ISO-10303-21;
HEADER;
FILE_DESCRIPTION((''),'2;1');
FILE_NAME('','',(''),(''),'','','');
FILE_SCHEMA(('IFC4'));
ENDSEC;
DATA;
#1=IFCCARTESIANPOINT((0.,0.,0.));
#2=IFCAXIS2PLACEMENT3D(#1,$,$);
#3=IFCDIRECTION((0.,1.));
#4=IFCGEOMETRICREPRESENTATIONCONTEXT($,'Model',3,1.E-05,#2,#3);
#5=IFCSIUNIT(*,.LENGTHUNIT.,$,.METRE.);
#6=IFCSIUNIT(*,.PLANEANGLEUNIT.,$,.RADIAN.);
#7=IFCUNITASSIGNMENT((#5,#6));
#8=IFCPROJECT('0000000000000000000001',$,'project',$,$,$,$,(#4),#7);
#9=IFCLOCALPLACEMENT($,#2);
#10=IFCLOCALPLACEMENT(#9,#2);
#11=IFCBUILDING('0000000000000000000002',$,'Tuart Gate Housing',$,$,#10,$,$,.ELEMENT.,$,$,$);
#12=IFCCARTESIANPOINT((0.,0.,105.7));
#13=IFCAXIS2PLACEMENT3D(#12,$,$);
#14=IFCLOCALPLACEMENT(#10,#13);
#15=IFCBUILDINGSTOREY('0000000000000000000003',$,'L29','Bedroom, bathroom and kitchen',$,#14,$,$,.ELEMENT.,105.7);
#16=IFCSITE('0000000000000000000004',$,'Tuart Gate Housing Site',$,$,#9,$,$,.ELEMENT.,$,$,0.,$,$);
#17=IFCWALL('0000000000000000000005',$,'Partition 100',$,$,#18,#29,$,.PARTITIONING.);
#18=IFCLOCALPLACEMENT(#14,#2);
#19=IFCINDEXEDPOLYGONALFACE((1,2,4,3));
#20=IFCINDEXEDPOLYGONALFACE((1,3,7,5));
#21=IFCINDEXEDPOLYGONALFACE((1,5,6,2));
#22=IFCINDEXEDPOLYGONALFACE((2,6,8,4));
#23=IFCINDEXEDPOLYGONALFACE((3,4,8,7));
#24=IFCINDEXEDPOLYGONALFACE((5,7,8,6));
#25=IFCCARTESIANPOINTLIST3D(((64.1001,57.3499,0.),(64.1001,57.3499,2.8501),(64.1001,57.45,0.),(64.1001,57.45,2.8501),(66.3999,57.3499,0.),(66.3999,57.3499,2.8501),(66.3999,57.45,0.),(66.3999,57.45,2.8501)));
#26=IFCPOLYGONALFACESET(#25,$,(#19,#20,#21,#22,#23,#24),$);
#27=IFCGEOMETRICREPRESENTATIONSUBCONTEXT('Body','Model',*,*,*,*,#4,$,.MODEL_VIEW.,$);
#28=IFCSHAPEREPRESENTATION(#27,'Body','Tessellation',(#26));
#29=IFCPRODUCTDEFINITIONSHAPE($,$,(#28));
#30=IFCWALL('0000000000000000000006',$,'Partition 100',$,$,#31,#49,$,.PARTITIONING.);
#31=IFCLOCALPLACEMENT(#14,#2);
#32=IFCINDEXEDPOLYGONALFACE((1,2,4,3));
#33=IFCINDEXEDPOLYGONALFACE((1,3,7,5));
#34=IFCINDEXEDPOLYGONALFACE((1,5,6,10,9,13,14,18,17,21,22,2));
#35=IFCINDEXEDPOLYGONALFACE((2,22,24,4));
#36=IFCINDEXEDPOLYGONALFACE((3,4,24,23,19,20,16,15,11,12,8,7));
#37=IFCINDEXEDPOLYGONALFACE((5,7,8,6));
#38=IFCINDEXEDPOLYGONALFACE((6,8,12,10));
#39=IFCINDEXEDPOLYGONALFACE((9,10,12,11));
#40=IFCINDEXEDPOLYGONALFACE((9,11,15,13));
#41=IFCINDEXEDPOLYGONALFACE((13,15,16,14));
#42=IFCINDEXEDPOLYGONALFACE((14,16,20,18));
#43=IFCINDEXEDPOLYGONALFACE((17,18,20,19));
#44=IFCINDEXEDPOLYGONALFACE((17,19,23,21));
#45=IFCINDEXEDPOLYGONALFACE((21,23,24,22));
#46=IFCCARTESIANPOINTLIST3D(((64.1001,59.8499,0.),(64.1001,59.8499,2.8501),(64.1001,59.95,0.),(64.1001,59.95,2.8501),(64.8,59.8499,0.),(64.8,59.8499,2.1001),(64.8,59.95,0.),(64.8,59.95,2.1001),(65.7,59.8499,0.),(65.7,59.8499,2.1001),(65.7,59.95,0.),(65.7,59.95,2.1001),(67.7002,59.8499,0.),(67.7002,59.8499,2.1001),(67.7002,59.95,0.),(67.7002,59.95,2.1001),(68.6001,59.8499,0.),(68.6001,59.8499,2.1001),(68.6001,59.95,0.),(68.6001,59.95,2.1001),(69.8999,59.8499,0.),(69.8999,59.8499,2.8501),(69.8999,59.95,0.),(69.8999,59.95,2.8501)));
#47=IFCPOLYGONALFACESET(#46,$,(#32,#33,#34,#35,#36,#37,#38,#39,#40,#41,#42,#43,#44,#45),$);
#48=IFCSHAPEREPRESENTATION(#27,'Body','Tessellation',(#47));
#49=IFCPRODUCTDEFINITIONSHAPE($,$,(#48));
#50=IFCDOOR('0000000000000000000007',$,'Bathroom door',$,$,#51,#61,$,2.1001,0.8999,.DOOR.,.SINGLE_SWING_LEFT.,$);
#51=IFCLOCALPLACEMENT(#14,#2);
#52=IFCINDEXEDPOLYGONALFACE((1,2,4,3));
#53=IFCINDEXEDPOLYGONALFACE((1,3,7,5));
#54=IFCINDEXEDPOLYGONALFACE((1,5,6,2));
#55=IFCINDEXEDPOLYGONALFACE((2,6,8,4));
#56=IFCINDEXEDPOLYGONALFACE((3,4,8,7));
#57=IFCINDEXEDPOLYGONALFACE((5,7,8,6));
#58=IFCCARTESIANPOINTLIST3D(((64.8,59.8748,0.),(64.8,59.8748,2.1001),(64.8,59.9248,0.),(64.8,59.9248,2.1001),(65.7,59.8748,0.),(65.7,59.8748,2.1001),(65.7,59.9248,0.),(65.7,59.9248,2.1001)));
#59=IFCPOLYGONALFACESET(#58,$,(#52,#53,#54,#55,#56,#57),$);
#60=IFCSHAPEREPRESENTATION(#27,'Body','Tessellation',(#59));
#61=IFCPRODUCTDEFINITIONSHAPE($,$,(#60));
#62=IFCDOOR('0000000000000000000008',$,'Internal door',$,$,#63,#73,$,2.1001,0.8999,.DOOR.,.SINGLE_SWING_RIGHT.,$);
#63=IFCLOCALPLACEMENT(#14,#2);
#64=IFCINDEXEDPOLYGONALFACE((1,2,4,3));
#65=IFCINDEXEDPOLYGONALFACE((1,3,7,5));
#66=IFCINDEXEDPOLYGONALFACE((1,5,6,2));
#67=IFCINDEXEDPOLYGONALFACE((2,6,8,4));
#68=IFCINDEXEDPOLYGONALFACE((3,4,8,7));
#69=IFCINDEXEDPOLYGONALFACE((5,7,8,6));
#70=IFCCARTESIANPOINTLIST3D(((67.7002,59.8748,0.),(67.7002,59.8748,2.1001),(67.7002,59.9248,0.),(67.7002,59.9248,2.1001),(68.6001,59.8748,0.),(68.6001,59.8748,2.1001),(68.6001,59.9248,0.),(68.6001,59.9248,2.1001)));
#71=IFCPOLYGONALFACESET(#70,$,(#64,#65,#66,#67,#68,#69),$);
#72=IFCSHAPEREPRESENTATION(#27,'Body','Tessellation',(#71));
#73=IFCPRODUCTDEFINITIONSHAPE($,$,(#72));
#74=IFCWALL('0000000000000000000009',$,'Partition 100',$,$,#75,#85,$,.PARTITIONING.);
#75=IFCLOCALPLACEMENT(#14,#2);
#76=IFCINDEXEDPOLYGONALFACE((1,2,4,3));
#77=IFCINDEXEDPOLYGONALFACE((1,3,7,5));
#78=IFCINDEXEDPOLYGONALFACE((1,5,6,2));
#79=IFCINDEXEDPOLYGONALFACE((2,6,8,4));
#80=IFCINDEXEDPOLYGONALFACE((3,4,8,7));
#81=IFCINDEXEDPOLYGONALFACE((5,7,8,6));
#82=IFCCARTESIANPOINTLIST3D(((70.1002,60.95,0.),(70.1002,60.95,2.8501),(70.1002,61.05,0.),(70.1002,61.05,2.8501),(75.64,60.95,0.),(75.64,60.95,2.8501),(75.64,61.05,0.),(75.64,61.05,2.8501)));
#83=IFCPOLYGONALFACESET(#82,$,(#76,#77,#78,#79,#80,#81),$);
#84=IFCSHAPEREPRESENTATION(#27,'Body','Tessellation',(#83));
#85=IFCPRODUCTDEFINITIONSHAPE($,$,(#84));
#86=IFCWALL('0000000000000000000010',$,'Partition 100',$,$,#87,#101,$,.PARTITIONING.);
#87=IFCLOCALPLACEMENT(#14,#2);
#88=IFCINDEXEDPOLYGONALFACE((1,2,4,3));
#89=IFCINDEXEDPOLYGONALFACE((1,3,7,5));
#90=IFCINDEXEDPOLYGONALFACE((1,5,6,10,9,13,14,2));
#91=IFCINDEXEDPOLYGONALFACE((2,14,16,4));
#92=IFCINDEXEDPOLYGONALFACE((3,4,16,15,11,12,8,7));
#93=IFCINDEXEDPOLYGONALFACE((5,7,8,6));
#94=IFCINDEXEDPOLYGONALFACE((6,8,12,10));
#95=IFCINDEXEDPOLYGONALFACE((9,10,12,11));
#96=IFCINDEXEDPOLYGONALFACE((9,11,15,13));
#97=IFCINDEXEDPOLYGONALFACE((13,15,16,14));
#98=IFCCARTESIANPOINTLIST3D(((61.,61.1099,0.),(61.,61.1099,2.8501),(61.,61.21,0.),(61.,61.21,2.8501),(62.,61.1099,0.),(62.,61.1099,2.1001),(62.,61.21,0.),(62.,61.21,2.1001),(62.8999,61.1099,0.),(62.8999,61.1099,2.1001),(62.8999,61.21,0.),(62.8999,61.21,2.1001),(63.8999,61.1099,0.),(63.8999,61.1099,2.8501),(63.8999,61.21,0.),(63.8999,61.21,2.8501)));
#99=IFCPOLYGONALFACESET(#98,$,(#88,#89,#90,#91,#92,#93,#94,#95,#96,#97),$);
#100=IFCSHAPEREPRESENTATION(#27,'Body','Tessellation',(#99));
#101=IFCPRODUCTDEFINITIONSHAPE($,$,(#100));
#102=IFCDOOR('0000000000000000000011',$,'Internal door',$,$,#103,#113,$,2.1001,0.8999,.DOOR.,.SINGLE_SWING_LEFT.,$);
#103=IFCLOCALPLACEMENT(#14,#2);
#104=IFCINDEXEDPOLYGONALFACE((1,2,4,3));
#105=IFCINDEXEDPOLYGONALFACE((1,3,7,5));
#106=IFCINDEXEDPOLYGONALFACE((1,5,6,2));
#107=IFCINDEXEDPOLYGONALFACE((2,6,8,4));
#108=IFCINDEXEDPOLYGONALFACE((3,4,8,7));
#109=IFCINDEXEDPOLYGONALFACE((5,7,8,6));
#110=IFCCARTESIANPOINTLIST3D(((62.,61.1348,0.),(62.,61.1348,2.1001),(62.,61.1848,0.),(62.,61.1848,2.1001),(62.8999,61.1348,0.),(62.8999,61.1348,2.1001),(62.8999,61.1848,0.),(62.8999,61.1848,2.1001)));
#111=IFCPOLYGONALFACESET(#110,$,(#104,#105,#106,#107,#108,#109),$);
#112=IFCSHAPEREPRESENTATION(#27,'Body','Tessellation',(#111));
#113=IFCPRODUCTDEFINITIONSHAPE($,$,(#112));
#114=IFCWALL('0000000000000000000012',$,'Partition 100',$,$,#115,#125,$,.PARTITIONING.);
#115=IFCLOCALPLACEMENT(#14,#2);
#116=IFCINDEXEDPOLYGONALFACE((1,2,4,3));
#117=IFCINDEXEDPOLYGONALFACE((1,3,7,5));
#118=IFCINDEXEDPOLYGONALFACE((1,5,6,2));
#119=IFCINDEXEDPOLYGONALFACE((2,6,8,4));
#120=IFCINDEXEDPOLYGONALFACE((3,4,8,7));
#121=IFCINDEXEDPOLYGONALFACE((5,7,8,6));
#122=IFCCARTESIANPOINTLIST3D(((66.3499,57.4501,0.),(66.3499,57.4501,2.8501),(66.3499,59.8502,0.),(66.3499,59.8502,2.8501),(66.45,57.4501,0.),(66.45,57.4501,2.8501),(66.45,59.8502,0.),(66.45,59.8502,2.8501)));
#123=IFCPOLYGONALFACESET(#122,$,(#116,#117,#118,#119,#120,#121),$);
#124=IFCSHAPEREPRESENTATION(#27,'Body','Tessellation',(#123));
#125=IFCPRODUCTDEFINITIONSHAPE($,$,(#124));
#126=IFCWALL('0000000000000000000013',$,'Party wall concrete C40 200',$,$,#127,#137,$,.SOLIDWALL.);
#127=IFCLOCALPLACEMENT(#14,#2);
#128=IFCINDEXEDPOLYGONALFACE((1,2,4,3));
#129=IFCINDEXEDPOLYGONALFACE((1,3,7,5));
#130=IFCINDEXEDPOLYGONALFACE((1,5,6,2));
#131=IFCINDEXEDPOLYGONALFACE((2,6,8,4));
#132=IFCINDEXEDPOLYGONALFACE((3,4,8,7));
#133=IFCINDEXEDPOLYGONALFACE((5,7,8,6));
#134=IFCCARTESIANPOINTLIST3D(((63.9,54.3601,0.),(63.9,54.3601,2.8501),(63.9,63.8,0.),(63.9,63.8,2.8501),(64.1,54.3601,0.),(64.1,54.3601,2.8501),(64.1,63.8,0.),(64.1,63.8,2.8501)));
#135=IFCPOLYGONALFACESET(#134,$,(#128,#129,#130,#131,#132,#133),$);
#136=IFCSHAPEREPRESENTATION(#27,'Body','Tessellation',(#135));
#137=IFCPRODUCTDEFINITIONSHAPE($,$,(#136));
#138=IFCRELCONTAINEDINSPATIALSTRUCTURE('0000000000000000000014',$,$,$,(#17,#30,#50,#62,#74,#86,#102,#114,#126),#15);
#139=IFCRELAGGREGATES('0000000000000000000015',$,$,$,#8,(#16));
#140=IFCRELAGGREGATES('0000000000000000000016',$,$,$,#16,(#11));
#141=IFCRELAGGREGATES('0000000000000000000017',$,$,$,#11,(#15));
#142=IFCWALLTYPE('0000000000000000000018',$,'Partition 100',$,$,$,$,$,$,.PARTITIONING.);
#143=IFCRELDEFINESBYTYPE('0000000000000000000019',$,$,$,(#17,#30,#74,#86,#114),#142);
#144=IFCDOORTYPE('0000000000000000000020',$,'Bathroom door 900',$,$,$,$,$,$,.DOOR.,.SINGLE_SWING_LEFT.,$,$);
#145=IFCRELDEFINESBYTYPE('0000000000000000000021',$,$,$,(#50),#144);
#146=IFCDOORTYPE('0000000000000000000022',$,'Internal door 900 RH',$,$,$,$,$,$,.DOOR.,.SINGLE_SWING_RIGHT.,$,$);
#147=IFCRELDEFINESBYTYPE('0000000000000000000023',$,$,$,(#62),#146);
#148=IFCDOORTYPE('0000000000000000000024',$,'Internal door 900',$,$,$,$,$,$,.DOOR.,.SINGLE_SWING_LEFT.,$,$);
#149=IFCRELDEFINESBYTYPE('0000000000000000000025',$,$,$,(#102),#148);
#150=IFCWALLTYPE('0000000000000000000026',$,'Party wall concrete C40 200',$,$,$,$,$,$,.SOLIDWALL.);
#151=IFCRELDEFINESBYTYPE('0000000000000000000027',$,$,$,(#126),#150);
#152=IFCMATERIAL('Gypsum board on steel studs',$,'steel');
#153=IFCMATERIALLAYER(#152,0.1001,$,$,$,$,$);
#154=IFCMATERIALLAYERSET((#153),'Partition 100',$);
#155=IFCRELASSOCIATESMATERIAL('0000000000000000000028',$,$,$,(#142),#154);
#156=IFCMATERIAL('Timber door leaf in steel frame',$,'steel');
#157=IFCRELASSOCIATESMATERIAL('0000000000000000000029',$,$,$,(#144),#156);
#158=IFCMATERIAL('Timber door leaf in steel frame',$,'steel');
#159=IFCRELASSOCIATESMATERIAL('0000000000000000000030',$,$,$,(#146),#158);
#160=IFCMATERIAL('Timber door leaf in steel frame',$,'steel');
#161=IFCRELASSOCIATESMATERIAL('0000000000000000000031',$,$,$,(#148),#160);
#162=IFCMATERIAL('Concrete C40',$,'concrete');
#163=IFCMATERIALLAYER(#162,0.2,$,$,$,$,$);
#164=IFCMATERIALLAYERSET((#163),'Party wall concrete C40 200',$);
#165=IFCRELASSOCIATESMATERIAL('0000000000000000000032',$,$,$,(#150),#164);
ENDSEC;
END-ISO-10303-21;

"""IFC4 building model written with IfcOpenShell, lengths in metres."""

from ifc_helpers import new_model, si_unit, direction, frame, frame_2d, origin, place, context, subcontext, project, spatial, rectangle, extrude, material, layer, layer_set, type_object, element, fill, save


model = new_model("IFC4")

# Units and contexts
model_context = context("Model", 3, precision=1e-05, world=origin(), true_north=direction((0.0, 1.0)))
body_context = subcontext(model_context, "Body", "Model", "MODEL_VIEW")
ifc_project = project(units=[si_unit("LENGTHUNIT", "METRE"), si_unit("PLANEANGLEUNIT", "RADIAN")], contexts=[model_context])

# Site, building, storey
site_placement = place(None, origin())
site = spatial("IfcSite", under=ifc_project, at=site_placement, Name="Tuart Gate Housing Site", CompositionType="ELEMENT", RefElevation=0.0)
building_placement = place(site_placement, origin())
building = spatial("IfcBuilding", under=site, at=building_placement, Name="Tuart Gate Housing", CompositionType="ELEMENT")
storey_placement = place(building_placement, frame((0.0, 0.0, 105.7)))
storey = spatial("IfcBuildingStorey", under=building, at=storey_placement, Name="L29", Description="Bedroom, bathroom and kitchen", CompositionType="ELEMENT", Elevation=105.7)

# Wall
ifc_material_1 = material(Name="Gypsum board on steel studs", Category="steel")
ifc_layer_1 = layer(ifc_material_1, 0.1001)
ifc_layer_set_1 = layer_set([ifc_layer_1], Name="Partition 100")
wall_type_1 = type_object("IfcWallType", Name="Partition 100", PredefinedType="PARTITIONING", material=ifc_layer_set_1)
wall_1_placement = place(storey_placement, frame((64.1001, 57.3999, 0.0), z_axis=(0.0, 0.0, 1.0), x_axis=(1.0, 0.0, 0.0)))
element("IfcWall", 1, at=wall_1_placement, inside=storey, type_object=wall_type_1, Name="Partition 100", PredefinedType="PARTITIONING", context=body_context, shape_type="SweptSolid", body=[
    extrude(rectangle(XDim=2.2998, YDim=0.1001, at=frame_2d((1.1499, 0.0))), origin(), (0.0, 0.0, 1.0), 2.8501),
])

# Wall, openings, doors
wall_2_placement = place(storey_placement, frame((64.1001, 59.8999, 0.0), z_axis=(0.0, 0.0, 1.0), x_axis=(1.0, 0.0, 0.0)))
wall_2 = element("IfcWall", 2, at=wall_2_placement, inside=storey, type_object=wall_type_1, Name="Partition 100", PredefinedType="PARTITIONING", context=body_context, shape_type="SweptSolid", body=[
    extrude(rectangle(XDim=5.7998, YDim=0.1001, at=frame_2d((2.8999, 0.0))), origin(), (0.0, 0.0, 1.0), 2.8501),
])
opening_1_placement = place(wall_2_placement, frame((3.6001, 0.0, 0.0)))
opening_1 = element("IfcOpeningElement", 3, at=opening_1_placement, cuts=wall_2, PredefinedType="OPENING", context=body_context, shape_type="SweptSolid", body=[
    extrude(rectangle(XDim=0.8999, YDim=2.1001, at=frame_2d((0.45, 1.05))), frame((0.0, 0.0601, 0.0), z_axis=(0.0, -1.0, 0.0), x_axis=(1.0, 0.0, 0.0)), (0.0, 0.0, 1.0), 0.1201),
])
opening_2_placement = place(wall_2_placement, frame((0.7, 0.0, 0.0)))
opening_2 = element("IfcOpeningElement", 4, at=opening_2_placement, cuts=wall_2, PredefinedType="OPENING", context=body_context, shape_type="SweptSolid", body=[
    extrude(rectangle(XDim=0.8999, YDim=2.1001, at=frame_2d((0.45, 1.05))), frame((0.0, 0.0601, 0.0), z_axis=(0.0, -1.0, 0.0), x_axis=(1.0, 0.0, 0.0)), (0.0, 0.0, 1.0), 0.1201),
])
ifc_material_2 = material(Name="Timber door leaf in steel frame", Category="steel")
door_type_1 = type_object("IfcDoorType", Name="Bathroom door 900", OperationType="SINGLE_SWING_LEFT", PredefinedType="DOOR", material=ifc_material_2)
door_1_placement = place(opening_2_placement, frame((0.8999, 0.0, 0.0), z_axis=(0.0, 0.0, 1.0), x_axis=(-1.0, 0.0, 0.0)))
door_1 = element("IfcDoor", 5, at=door_1_placement, inside=storey, type_object=door_type_1, Name="Bathroom door", OperationType="SINGLE_SWING_LEFT", OverallHeight=2.1001, OverallWidth=0.8999, PredefinedType="DOOR", context=body_context, shape_type="SweptSolid", body=[
    extrude(rectangle(XDim=0.8999, YDim=2.1001, at=frame_2d((0.45, 1.05))), frame((0.0, 0.0251, 0.0), z_axis=(0.0, -1.0, 0.0), x_axis=(1.0, 0.0, 0.0)), (0.0, 0.0, 1.0), 0.05),
])
fill(opening_2, door_1)
ifc_material_3 = material(Name="Timber door leaf in steel frame", Category="steel")
door_type_2 = type_object("IfcDoorType", Name="Internal door 900 RH", OperationType="SINGLE_SWING_RIGHT", PredefinedType="DOOR", material=ifc_material_3)
door_2_placement = place(opening_1_placement, origin())
door_2 = element("IfcDoor", 6, at=door_2_placement, inside=storey, type_object=door_type_2, Name="Internal door", OperationType="SINGLE_SWING_RIGHT", OverallHeight=2.1001, OverallWidth=0.8999, PredefinedType="DOOR", context=body_context, shape_type="SweptSolid", body=[
    extrude(rectangle(XDim=0.8999, YDim=2.1001, at=frame_2d((0.45, 1.05))), frame((0.0, 0.0249, 0.0), z_axis=(0.0, -1.0, 0.0), x_axis=(1.0, 0.0, 0.0)), (0.0, 0.0, 1.0), 0.05),
])
fill(opening_1, door_2)

# Wall
wall_3_placement = place(storey_placement, frame((70.1001, 61.0, 0.0), z_axis=(0.0, 0.0, 1.0), x_axis=(1.0, 0.0, 0.0)))
element("IfcWall", 7, at=wall_3_placement, inside=storey, type_object=wall_type_1, Name="Partition 100", PredefinedType="PARTITIONING", context=body_context, shape_type="SweptSolid", body=[
    extrude(rectangle(XDim=5.5398, YDim=0.1001, at=frame_2d((2.77, 0.0))), origin(), (0.0, 0.0, 1.0), 2.8501),
])

# Wall, opening, door
wall_4_placement = place(storey_placement, frame((61.0, 61.1599, 0.0), z_axis=(0.0, 0.0, 1.0), x_axis=(1.0, 0.0, 0.0)))
wall_4 = element("IfcWall", 8, at=wall_4_placement, inside=storey, type_object=wall_type_1, Name="Partition 100", PredefinedType="PARTITIONING", context=body_context, shape_type="SweptSolid", body=[
    extrude(rectangle(XDim=2.8999, YDim=0.1001, at=frame_2d((1.45, 0.0))), origin(), (0.0, 0.0, 1.0), 2.8501),
])
opening_3_placement = place(wall_4_placement, frame((1.0, 0.0, 0.0)))
opening_3 = element("IfcOpeningElement", 9, at=opening_3_placement, cuts=wall_4, PredefinedType="OPENING", context=body_context, shape_type="SweptSolid", body=[
    extrude(rectangle(XDim=0.8999, YDim=2.1001, at=frame_2d((0.45, 1.05))), frame((0.0, 0.0601, 0.0), z_axis=(0.0, -1.0, 0.0), x_axis=(1.0, 0.0, 0.0)), (0.0, 0.0, 1.0), 0.1201),
])
ifc_material_4 = material(Name="Timber door leaf in steel frame", Category="steel")
door_type_3 = type_object("IfcDoorType", Name="Internal door 900", OperationType="SINGLE_SWING_LEFT", PredefinedType="DOOR", material=ifc_material_4)
door_3_placement = place(opening_3_placement, origin())
door_3 = element("IfcDoor", 10, at=door_3_placement, inside=storey, type_object=door_type_3, Name="Internal door", OperationType="SINGLE_SWING_LEFT", OverallHeight=2.1001, OverallWidth=0.8999, PredefinedType="DOOR", context=body_context, shape_type="SweptSolid", body=[
    extrude(rectangle(XDim=0.8999, YDim=2.1001, at=frame_2d((0.45, 1.05))), frame((0.0, 0.0249, 0.0), z_axis=(0.0, -1.0, 0.0), x_axis=(1.0, 0.0, 0.0)), (0.0, 0.0, 1.0), 0.05),
])
fill(opening_3, door_3)

# Walls
wall_5_placement = place(storey_placement, frame((66.3999, 57.45, 0.0), z_axis=(0.0, 0.0, 1.0), x_axis=(0.0, 1.0, 0.0)))
element("IfcWall", 11, at=wall_5_placement, inside=storey, type_object=wall_type_1, Name="Partition 100", PredefinedType="PARTITIONING", context=body_context, shape_type="SweptSolid", body=[
    extrude(rectangle(XDim=2.4001, YDim=0.1001, at=frame_2d((1.2002, 0.0))), origin(), (0.0, 0.0, 1.0), 2.8501),
])
ifc_material_5 = material(Name="Concrete C40", Category="concrete")
ifc_layer_2 = layer(ifc_material_5, 0.2)
ifc_layer_set_2 = layer_set([ifc_layer_2], Name="Party wall concrete C40 200")
wall_type_2 = type_object("IfcWallType", Name="Party wall concrete C40 200", PredefinedType="SOLIDWALL", material=ifc_layer_set_2)
wall_6_placement = place(storey_placement, frame((64.0, 54.3601, 0.0), z_axis=(0.0, 0.0, 1.0), x_axis=(0.0, 1.0, 0.0)))
element("IfcWall", 12, at=wall_6_placement, inside=storey, type_object=wall_type_2, Name="Party wall concrete C40 200", PredefinedType="SOLIDWALL", context=body_context, shape_type="SweptSolid", body=[
    extrude(rectangle(XDim=9.4399, YDim=0.2, at=frame_2d((4.72, 0.0))), origin(), (0.0, 0.0, 1.0), 2.8501),
])

save(model, "model.ifc")
